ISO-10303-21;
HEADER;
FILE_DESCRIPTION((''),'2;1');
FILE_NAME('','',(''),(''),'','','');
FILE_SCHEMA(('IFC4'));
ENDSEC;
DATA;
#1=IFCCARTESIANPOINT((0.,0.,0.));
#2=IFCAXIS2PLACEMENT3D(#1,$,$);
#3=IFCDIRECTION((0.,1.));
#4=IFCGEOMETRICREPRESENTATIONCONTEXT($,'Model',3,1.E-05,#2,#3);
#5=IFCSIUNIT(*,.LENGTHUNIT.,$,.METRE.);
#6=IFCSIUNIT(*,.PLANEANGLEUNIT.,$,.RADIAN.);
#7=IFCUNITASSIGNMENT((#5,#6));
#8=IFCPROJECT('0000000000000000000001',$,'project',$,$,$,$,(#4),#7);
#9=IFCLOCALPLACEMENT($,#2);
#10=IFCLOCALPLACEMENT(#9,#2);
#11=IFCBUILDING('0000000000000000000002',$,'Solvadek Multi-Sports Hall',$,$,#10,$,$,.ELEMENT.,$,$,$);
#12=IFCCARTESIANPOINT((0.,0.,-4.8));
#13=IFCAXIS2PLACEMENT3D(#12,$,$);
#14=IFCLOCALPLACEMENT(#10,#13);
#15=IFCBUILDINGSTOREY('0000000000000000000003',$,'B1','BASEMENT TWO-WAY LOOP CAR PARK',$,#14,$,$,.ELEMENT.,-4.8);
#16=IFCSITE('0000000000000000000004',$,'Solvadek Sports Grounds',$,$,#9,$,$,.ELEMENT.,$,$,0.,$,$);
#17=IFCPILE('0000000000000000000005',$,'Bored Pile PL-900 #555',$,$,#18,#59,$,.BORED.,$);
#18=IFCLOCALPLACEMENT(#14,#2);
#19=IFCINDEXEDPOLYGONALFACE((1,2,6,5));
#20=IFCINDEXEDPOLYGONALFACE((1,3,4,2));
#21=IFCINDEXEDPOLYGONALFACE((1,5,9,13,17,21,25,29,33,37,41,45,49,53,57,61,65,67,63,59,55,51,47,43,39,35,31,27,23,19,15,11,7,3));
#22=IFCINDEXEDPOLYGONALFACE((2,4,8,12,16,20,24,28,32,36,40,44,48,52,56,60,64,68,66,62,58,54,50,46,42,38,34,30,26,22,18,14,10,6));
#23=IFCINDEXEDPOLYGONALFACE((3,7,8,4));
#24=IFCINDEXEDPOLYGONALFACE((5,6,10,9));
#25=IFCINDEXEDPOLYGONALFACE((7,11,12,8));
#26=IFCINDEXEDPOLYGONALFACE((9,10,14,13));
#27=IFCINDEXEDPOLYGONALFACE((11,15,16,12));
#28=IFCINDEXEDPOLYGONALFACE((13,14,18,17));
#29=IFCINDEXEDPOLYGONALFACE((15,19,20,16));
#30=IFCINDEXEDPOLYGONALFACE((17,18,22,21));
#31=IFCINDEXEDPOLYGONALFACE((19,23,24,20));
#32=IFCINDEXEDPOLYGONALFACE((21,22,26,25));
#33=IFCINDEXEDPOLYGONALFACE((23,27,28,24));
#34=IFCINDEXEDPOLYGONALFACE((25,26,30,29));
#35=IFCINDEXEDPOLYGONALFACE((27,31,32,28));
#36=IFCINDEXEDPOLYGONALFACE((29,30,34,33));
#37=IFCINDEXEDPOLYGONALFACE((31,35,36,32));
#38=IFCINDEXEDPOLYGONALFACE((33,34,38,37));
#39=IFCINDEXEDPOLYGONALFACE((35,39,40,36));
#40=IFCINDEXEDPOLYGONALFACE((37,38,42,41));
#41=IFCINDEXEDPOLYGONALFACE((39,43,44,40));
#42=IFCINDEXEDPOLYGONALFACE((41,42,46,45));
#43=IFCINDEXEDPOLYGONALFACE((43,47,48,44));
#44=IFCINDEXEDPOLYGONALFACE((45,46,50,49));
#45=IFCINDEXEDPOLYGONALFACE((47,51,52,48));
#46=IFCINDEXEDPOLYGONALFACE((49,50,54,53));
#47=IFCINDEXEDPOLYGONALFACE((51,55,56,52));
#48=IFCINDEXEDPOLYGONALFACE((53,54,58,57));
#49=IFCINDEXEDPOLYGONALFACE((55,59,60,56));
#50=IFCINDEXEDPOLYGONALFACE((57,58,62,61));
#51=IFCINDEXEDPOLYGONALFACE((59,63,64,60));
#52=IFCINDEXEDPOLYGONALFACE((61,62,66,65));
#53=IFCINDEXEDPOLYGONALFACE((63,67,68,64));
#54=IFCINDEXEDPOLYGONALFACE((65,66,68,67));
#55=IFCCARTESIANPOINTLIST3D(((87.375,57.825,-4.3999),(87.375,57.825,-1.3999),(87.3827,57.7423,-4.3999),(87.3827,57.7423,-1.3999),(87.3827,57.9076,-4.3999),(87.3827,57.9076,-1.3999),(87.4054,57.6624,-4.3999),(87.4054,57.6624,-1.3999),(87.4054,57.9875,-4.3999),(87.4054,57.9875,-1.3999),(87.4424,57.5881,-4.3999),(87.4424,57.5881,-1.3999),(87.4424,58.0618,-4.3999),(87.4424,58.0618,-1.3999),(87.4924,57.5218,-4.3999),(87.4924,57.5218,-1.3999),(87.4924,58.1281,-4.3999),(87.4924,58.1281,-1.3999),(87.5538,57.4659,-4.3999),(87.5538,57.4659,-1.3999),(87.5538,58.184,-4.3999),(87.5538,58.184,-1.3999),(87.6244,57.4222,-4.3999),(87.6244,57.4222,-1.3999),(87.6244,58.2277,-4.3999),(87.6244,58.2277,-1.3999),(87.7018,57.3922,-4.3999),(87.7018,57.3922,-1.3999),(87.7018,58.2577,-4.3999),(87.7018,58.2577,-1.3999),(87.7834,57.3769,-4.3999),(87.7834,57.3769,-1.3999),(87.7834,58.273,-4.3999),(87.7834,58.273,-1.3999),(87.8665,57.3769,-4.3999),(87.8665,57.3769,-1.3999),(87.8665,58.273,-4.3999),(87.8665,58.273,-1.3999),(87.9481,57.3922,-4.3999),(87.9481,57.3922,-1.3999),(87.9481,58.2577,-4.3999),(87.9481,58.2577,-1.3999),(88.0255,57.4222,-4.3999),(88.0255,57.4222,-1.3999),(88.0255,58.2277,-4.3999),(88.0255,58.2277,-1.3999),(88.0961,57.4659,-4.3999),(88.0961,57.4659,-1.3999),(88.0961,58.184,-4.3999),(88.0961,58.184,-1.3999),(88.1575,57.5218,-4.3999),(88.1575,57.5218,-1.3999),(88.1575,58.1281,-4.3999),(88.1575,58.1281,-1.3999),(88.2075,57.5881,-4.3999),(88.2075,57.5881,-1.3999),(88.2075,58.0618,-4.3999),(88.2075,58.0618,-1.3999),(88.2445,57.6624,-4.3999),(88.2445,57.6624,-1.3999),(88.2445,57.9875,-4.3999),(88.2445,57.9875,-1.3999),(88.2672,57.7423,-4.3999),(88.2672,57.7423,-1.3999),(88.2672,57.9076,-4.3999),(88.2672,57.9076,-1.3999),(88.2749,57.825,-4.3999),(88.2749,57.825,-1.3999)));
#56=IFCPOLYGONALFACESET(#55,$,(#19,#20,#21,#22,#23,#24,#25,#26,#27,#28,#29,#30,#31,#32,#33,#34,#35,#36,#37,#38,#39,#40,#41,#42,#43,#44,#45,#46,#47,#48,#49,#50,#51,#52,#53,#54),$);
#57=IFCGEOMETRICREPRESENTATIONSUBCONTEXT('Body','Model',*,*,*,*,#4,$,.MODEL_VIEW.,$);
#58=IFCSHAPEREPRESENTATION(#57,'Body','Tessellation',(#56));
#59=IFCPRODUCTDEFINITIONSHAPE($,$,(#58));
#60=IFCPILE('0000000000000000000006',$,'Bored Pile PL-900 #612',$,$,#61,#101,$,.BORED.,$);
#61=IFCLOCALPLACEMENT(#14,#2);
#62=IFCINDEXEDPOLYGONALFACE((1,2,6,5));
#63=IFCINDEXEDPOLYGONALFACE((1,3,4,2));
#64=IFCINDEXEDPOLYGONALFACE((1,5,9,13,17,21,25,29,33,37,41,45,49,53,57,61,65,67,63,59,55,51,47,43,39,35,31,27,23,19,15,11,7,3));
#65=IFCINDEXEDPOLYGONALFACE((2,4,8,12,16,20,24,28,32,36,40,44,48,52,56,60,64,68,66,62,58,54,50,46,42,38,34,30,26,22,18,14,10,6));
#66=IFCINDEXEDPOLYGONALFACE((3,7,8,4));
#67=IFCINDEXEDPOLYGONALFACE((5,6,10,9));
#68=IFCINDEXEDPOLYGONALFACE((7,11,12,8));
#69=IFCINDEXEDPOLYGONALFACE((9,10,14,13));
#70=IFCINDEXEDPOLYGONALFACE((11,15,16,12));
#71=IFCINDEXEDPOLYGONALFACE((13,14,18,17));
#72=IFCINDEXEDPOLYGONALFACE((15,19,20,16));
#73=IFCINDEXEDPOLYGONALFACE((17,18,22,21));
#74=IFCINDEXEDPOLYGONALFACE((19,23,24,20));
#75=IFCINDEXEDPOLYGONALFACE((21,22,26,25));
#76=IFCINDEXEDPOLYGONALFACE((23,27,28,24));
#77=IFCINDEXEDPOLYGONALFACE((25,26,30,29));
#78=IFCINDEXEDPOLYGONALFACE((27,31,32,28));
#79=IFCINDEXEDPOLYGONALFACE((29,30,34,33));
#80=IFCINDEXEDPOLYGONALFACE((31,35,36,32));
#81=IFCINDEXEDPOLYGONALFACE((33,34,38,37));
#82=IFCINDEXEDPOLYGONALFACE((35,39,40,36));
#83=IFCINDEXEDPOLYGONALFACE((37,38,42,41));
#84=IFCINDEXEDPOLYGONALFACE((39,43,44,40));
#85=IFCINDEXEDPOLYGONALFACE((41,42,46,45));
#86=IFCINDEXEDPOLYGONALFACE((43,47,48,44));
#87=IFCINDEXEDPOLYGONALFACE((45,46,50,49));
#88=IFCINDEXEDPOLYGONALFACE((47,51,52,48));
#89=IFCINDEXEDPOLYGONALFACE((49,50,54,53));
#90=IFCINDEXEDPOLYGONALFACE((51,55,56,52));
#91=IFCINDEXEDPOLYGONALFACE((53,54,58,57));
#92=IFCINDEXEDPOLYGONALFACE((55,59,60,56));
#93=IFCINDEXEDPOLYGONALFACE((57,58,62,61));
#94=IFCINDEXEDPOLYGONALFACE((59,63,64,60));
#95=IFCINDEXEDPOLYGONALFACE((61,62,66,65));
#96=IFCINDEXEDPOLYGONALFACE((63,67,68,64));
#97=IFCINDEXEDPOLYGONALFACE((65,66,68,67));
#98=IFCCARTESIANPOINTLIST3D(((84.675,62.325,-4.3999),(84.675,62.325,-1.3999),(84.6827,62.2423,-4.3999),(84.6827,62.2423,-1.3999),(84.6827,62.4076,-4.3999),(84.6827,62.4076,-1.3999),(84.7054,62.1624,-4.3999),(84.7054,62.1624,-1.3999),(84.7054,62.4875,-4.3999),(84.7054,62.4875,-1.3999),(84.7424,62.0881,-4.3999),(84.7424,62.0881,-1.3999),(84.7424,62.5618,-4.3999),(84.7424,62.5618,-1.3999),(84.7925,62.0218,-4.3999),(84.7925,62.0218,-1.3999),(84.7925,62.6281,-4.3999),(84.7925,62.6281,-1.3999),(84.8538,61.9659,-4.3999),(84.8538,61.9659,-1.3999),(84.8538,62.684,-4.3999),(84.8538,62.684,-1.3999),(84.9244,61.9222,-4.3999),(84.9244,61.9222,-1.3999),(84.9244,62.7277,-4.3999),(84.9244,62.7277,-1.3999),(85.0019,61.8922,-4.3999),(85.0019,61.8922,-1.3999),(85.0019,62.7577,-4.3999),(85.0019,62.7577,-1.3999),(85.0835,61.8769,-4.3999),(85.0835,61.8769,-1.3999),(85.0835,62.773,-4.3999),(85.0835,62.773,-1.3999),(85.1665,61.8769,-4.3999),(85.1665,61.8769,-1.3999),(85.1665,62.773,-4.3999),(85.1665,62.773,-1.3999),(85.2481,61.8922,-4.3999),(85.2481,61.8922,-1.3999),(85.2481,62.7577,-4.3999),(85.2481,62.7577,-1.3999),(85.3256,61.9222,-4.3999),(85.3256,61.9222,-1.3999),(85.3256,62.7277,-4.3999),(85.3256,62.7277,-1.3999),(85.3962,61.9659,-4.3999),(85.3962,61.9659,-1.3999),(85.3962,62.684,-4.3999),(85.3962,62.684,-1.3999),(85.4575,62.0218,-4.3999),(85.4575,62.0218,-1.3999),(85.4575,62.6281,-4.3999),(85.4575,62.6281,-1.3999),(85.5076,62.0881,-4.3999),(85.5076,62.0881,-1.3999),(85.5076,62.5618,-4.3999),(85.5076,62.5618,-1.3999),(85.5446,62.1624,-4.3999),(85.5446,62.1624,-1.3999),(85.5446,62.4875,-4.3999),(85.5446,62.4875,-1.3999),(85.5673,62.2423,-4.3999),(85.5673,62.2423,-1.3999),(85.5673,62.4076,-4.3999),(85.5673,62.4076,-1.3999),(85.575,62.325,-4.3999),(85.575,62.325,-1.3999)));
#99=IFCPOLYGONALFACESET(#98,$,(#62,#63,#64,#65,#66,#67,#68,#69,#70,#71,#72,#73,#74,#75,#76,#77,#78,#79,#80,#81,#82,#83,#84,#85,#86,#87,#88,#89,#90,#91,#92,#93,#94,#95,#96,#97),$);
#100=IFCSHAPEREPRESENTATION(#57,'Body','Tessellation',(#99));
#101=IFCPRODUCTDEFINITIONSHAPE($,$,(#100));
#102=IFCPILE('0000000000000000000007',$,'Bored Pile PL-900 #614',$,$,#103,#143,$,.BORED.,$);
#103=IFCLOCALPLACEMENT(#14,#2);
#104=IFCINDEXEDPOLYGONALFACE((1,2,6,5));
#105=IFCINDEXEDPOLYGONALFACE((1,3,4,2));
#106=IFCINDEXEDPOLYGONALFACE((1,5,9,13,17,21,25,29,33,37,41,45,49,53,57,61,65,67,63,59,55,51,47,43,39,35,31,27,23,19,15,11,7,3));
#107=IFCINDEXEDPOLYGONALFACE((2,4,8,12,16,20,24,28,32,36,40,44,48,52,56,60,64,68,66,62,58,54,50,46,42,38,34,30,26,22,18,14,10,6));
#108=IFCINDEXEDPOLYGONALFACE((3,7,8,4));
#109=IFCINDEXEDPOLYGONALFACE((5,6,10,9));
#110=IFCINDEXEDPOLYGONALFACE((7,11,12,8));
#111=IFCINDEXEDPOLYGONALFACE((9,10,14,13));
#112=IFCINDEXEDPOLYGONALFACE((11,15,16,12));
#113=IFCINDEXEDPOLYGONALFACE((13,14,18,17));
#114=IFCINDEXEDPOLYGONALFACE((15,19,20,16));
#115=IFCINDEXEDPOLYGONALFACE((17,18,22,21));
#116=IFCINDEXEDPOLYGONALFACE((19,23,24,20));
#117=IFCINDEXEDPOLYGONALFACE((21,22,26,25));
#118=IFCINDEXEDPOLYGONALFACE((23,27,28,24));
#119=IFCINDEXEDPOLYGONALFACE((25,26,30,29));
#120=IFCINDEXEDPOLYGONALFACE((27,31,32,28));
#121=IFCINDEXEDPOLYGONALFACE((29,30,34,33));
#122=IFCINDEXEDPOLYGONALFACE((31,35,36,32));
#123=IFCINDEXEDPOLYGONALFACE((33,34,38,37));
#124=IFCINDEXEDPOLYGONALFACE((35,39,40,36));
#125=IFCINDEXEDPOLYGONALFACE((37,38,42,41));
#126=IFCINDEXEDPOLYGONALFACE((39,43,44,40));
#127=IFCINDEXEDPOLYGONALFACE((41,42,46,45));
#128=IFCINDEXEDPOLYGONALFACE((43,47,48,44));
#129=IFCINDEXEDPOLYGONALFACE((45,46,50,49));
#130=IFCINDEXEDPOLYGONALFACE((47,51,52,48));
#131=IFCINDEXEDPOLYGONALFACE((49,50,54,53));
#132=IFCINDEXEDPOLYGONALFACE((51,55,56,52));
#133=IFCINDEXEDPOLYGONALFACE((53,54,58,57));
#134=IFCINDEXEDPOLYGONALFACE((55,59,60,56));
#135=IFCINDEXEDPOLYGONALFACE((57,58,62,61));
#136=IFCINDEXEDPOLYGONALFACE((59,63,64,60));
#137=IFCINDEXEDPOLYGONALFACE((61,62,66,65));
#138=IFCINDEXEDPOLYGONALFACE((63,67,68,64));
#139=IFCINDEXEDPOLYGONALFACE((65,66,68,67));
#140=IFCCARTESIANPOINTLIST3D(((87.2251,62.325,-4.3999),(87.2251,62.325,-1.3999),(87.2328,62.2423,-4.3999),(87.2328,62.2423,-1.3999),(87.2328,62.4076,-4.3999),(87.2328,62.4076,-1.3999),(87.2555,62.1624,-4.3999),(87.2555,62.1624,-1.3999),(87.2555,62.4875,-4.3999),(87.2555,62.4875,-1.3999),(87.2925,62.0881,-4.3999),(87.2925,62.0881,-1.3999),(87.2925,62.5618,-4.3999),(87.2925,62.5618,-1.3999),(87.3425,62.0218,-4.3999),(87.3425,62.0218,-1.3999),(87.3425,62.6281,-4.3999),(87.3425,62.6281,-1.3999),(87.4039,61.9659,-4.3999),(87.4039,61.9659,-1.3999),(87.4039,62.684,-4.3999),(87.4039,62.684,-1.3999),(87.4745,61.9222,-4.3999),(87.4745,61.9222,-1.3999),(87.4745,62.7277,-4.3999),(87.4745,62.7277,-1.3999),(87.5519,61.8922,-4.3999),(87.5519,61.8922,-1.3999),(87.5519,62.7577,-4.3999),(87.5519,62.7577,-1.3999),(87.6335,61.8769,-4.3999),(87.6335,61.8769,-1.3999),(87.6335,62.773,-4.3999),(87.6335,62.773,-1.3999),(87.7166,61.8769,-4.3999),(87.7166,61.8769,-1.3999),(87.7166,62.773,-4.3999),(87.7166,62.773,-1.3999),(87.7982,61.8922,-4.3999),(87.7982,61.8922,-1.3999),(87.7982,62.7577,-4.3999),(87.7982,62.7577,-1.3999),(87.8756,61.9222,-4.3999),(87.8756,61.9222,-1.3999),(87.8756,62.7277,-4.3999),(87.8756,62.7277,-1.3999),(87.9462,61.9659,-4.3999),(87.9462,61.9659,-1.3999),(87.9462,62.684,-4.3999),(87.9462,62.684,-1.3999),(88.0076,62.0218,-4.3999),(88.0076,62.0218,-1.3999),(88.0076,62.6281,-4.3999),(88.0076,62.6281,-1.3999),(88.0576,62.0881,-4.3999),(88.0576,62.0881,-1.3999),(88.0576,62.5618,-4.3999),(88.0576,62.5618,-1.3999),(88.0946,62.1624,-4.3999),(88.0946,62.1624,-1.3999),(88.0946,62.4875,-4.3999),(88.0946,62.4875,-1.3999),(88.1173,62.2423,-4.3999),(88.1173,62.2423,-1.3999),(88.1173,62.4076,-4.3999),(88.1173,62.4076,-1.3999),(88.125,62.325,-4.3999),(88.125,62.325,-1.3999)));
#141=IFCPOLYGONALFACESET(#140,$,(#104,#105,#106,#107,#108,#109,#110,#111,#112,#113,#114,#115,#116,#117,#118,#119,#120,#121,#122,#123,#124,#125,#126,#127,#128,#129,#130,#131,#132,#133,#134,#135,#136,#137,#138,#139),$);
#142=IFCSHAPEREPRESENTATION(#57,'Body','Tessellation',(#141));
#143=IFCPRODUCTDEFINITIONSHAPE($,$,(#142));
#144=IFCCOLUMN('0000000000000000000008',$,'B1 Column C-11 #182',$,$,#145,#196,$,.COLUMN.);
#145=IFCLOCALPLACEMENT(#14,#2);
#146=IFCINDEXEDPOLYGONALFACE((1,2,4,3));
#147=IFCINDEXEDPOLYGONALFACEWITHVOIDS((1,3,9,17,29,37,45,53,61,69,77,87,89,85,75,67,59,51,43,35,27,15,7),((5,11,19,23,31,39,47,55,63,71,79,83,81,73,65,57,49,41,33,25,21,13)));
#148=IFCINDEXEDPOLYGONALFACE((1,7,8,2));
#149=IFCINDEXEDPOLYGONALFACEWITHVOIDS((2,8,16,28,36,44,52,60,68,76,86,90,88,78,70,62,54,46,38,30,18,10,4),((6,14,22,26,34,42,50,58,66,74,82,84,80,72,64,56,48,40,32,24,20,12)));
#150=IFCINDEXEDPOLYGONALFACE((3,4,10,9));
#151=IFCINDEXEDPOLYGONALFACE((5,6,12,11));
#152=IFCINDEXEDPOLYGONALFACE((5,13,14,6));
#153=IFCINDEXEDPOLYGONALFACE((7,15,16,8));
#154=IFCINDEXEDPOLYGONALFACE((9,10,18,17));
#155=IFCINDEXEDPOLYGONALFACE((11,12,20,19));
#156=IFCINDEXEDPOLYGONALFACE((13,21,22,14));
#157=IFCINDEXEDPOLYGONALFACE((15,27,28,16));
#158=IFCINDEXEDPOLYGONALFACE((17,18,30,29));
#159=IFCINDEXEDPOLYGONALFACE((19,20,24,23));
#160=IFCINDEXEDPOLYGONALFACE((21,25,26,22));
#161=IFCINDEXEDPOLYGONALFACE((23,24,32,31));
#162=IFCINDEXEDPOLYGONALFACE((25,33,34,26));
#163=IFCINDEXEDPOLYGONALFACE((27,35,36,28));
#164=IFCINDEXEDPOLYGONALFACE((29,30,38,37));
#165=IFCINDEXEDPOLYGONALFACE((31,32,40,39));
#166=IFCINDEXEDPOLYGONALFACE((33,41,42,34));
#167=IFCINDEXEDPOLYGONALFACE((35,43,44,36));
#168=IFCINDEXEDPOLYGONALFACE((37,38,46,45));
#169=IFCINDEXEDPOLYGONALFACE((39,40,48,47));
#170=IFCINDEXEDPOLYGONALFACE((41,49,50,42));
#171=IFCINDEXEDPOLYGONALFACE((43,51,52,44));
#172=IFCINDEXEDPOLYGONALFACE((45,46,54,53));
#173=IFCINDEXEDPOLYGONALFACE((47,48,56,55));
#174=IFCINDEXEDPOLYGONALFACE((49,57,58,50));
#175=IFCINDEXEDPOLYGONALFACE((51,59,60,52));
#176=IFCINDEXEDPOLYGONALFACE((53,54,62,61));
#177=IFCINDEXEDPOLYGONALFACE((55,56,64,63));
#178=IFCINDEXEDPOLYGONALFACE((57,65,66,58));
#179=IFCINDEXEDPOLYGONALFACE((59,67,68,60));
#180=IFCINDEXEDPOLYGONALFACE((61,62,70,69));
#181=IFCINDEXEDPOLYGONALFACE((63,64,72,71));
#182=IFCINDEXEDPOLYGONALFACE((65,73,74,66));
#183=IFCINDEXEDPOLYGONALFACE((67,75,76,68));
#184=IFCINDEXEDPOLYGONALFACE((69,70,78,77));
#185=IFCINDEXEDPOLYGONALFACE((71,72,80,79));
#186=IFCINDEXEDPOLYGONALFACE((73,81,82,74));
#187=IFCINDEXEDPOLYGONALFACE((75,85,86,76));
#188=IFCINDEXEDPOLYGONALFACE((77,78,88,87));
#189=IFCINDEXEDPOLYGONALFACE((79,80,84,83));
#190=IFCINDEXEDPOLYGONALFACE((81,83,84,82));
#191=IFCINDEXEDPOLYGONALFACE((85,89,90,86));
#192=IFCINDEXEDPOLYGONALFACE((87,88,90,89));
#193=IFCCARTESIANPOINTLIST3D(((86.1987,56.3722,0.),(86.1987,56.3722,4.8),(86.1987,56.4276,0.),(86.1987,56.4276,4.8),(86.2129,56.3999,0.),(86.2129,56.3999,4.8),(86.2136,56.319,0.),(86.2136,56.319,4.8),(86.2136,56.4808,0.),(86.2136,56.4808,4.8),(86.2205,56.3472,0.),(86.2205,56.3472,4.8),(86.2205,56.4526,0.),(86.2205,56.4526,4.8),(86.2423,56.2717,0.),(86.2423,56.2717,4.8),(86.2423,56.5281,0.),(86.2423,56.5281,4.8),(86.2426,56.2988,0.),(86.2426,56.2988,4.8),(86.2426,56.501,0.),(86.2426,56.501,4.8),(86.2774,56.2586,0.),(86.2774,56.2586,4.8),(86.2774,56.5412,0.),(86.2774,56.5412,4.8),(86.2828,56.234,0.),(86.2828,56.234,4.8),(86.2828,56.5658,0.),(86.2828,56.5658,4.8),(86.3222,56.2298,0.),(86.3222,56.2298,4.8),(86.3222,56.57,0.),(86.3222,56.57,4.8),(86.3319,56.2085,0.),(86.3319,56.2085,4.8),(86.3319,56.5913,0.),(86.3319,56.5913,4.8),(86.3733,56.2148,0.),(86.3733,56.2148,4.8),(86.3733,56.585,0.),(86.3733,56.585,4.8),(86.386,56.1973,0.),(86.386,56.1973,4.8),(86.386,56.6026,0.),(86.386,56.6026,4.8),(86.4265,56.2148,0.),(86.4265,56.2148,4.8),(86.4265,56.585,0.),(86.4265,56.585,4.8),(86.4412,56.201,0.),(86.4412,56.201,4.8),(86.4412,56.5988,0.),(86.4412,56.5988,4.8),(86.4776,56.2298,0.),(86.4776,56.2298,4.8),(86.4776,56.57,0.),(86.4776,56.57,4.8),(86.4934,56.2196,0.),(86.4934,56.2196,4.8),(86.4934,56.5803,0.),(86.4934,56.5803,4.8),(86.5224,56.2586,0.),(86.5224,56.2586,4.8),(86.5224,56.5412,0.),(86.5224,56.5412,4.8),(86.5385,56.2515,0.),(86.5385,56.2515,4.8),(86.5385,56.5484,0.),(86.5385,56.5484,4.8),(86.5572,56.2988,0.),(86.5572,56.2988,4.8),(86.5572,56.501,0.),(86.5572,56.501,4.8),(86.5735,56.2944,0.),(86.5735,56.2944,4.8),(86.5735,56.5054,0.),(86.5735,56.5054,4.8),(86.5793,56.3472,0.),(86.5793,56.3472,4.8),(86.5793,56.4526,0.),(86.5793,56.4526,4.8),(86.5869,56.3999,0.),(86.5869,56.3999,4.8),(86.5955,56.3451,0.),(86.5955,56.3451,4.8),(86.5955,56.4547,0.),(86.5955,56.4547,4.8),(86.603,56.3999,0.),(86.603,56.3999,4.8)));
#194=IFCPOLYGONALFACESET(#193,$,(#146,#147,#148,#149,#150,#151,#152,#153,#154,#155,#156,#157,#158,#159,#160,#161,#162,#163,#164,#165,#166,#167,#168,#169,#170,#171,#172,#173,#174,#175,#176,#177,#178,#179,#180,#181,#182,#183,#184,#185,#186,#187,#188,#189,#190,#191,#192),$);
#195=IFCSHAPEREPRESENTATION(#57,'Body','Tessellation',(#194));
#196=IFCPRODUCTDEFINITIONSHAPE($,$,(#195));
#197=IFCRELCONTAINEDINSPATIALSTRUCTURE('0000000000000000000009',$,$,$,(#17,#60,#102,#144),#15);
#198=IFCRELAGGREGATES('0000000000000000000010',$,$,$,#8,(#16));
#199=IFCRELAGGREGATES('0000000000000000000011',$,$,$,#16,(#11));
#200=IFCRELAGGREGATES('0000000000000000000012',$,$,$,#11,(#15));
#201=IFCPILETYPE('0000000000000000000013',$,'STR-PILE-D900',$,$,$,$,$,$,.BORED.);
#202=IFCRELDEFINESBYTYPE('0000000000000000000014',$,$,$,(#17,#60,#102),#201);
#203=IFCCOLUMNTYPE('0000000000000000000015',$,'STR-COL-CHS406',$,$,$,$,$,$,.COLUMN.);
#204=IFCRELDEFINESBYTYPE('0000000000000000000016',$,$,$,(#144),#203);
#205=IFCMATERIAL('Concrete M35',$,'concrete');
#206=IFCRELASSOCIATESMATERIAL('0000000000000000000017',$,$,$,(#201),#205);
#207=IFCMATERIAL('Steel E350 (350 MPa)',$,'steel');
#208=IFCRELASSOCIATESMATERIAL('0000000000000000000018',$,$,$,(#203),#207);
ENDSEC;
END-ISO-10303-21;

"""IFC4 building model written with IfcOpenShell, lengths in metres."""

from ifc_helpers import new_model, si_unit, direction, frame, origin, origin_2d, place, context, subcontext, project, spatial, circle, hollow_circle, extrude, material, material_profile, profile_set, type_object, element, save


model = new_model("IFC4")

# Units and contexts
model_context = context("Model", 3, precision=1e-05, world=origin(), true_north=direction((0.0, 1.0)))
body_context = subcontext(model_context, "Body", "Model", "MODEL_VIEW")
ifc_project = project(units=[si_unit("LENGTHUNIT", "METRE"), si_unit("PLANEANGLEUNIT", "RADIAN")], contexts=[model_context])

# Site, building, storey
site_placement = place(None, origin())
site = spatial("IfcSite", under=ifc_project, at=site_placement, Name="Solvadek Sports Grounds", CompositionType="ELEMENT", RefElevation=0.0)
building_placement = place(site_placement, origin())
building = spatial("IfcBuilding", under=site, at=building_placement, Name="Solvadek Multi-Sports Hall", CompositionType="ELEMENT")
storey_placement = place(building_placement, frame((0.0, 0.0, -4.8)))
storey = spatial("IfcBuildingStorey", under=building, at=storey_placement, Name="B1", Description="BASEMENT TWO-WAY LOOP CAR PARK", CompositionType="ELEMENT", Elevation=-4.8)

# Piles
ifc_material_1 = material(Name="Concrete M35", Category="concrete")
ifc_material_profile_1 = material_profile(ifc_material_1, circle(Radius=0.45, at=origin_2d()), Name="BORED PILE D900")
ifc_profile_set_1 = profile_set([ifc_material_profile_1], Name="Concrete M35")
pile_type_1 = type_object("IfcPileType", Name="STR-PILE-D900", PredefinedType="BORED", material=ifc_profile_set_1)
for number, where, z_axis, x_axis, name in (
    (1, (87.825, 57.825, -1.3999), (0.0, 0.0, -1.0), (1.0, 0.0, 0.0), "Bored Pile PL-900 #555"),
    (2, (85.125, 62.325, -1.3999), (0.0, 0.0, -1.0), (1.0, 0.0, 0.0), "Bored Pile PL-900 #612"),
    (3, (87.675, 62.325, -1.3999), (0.0, 0.0, -1.0), (1.0, 0.0, 0.0), "Bored Pile PL-900 #614"),
):
    element("IfcPile", number, at=place(storey_placement, frame(where, z_axis=z_axis, x_axis=x_axis)), inside=storey, type_object=pile_type_1, Name=name, PredefinedType="BORED", context=body_context, shape_type="SweptSolid", body=[
        extrude(circle(Radius=0.45, at=origin_2d()), origin(), (0.0, 0.0, 1.0), 3.0),
    ])

# Column
ifc_material_2 = material(Name="Steel E350 (350 MPa)", Category="steel")
ifc_material_profile_2 = material_profile(ifc_material_2, hollow_circle(Radius=0.2031, WallThickness=0.0161, at=origin_2d()), Name="CHS 406.4x16")
ifc_profile_set_2 = profile_set([ifc_material_profile_2], Name="Steel E350 (350 MPa)")
column_type_1 = type_object("IfcColumnType", Name="STR-COL-CHS406", PredefinedType="COLUMN", material=ifc_profile_set_2)
column_1_placement = place(storey_placement, frame((86.3999, 56.3999, 0.0), z_axis=(0.0, 0.0, 1.0), x_axis=(1.0, 0.0, 0.0)))
element("IfcColumn", 4, at=column_1_placement, inside=storey, type_object=column_type_1, Name="B1 Column C-11 #182", PredefinedType="COLUMN", context=body_context, shape_type="SweptSolid", body=[
    extrude(hollow_circle(Radius=0.2031, WallThickness=0.0161, at=origin_2d()), origin(), (0.0, 0.0, 1.0), 4.8),
])

save(model, "model.ifc")
